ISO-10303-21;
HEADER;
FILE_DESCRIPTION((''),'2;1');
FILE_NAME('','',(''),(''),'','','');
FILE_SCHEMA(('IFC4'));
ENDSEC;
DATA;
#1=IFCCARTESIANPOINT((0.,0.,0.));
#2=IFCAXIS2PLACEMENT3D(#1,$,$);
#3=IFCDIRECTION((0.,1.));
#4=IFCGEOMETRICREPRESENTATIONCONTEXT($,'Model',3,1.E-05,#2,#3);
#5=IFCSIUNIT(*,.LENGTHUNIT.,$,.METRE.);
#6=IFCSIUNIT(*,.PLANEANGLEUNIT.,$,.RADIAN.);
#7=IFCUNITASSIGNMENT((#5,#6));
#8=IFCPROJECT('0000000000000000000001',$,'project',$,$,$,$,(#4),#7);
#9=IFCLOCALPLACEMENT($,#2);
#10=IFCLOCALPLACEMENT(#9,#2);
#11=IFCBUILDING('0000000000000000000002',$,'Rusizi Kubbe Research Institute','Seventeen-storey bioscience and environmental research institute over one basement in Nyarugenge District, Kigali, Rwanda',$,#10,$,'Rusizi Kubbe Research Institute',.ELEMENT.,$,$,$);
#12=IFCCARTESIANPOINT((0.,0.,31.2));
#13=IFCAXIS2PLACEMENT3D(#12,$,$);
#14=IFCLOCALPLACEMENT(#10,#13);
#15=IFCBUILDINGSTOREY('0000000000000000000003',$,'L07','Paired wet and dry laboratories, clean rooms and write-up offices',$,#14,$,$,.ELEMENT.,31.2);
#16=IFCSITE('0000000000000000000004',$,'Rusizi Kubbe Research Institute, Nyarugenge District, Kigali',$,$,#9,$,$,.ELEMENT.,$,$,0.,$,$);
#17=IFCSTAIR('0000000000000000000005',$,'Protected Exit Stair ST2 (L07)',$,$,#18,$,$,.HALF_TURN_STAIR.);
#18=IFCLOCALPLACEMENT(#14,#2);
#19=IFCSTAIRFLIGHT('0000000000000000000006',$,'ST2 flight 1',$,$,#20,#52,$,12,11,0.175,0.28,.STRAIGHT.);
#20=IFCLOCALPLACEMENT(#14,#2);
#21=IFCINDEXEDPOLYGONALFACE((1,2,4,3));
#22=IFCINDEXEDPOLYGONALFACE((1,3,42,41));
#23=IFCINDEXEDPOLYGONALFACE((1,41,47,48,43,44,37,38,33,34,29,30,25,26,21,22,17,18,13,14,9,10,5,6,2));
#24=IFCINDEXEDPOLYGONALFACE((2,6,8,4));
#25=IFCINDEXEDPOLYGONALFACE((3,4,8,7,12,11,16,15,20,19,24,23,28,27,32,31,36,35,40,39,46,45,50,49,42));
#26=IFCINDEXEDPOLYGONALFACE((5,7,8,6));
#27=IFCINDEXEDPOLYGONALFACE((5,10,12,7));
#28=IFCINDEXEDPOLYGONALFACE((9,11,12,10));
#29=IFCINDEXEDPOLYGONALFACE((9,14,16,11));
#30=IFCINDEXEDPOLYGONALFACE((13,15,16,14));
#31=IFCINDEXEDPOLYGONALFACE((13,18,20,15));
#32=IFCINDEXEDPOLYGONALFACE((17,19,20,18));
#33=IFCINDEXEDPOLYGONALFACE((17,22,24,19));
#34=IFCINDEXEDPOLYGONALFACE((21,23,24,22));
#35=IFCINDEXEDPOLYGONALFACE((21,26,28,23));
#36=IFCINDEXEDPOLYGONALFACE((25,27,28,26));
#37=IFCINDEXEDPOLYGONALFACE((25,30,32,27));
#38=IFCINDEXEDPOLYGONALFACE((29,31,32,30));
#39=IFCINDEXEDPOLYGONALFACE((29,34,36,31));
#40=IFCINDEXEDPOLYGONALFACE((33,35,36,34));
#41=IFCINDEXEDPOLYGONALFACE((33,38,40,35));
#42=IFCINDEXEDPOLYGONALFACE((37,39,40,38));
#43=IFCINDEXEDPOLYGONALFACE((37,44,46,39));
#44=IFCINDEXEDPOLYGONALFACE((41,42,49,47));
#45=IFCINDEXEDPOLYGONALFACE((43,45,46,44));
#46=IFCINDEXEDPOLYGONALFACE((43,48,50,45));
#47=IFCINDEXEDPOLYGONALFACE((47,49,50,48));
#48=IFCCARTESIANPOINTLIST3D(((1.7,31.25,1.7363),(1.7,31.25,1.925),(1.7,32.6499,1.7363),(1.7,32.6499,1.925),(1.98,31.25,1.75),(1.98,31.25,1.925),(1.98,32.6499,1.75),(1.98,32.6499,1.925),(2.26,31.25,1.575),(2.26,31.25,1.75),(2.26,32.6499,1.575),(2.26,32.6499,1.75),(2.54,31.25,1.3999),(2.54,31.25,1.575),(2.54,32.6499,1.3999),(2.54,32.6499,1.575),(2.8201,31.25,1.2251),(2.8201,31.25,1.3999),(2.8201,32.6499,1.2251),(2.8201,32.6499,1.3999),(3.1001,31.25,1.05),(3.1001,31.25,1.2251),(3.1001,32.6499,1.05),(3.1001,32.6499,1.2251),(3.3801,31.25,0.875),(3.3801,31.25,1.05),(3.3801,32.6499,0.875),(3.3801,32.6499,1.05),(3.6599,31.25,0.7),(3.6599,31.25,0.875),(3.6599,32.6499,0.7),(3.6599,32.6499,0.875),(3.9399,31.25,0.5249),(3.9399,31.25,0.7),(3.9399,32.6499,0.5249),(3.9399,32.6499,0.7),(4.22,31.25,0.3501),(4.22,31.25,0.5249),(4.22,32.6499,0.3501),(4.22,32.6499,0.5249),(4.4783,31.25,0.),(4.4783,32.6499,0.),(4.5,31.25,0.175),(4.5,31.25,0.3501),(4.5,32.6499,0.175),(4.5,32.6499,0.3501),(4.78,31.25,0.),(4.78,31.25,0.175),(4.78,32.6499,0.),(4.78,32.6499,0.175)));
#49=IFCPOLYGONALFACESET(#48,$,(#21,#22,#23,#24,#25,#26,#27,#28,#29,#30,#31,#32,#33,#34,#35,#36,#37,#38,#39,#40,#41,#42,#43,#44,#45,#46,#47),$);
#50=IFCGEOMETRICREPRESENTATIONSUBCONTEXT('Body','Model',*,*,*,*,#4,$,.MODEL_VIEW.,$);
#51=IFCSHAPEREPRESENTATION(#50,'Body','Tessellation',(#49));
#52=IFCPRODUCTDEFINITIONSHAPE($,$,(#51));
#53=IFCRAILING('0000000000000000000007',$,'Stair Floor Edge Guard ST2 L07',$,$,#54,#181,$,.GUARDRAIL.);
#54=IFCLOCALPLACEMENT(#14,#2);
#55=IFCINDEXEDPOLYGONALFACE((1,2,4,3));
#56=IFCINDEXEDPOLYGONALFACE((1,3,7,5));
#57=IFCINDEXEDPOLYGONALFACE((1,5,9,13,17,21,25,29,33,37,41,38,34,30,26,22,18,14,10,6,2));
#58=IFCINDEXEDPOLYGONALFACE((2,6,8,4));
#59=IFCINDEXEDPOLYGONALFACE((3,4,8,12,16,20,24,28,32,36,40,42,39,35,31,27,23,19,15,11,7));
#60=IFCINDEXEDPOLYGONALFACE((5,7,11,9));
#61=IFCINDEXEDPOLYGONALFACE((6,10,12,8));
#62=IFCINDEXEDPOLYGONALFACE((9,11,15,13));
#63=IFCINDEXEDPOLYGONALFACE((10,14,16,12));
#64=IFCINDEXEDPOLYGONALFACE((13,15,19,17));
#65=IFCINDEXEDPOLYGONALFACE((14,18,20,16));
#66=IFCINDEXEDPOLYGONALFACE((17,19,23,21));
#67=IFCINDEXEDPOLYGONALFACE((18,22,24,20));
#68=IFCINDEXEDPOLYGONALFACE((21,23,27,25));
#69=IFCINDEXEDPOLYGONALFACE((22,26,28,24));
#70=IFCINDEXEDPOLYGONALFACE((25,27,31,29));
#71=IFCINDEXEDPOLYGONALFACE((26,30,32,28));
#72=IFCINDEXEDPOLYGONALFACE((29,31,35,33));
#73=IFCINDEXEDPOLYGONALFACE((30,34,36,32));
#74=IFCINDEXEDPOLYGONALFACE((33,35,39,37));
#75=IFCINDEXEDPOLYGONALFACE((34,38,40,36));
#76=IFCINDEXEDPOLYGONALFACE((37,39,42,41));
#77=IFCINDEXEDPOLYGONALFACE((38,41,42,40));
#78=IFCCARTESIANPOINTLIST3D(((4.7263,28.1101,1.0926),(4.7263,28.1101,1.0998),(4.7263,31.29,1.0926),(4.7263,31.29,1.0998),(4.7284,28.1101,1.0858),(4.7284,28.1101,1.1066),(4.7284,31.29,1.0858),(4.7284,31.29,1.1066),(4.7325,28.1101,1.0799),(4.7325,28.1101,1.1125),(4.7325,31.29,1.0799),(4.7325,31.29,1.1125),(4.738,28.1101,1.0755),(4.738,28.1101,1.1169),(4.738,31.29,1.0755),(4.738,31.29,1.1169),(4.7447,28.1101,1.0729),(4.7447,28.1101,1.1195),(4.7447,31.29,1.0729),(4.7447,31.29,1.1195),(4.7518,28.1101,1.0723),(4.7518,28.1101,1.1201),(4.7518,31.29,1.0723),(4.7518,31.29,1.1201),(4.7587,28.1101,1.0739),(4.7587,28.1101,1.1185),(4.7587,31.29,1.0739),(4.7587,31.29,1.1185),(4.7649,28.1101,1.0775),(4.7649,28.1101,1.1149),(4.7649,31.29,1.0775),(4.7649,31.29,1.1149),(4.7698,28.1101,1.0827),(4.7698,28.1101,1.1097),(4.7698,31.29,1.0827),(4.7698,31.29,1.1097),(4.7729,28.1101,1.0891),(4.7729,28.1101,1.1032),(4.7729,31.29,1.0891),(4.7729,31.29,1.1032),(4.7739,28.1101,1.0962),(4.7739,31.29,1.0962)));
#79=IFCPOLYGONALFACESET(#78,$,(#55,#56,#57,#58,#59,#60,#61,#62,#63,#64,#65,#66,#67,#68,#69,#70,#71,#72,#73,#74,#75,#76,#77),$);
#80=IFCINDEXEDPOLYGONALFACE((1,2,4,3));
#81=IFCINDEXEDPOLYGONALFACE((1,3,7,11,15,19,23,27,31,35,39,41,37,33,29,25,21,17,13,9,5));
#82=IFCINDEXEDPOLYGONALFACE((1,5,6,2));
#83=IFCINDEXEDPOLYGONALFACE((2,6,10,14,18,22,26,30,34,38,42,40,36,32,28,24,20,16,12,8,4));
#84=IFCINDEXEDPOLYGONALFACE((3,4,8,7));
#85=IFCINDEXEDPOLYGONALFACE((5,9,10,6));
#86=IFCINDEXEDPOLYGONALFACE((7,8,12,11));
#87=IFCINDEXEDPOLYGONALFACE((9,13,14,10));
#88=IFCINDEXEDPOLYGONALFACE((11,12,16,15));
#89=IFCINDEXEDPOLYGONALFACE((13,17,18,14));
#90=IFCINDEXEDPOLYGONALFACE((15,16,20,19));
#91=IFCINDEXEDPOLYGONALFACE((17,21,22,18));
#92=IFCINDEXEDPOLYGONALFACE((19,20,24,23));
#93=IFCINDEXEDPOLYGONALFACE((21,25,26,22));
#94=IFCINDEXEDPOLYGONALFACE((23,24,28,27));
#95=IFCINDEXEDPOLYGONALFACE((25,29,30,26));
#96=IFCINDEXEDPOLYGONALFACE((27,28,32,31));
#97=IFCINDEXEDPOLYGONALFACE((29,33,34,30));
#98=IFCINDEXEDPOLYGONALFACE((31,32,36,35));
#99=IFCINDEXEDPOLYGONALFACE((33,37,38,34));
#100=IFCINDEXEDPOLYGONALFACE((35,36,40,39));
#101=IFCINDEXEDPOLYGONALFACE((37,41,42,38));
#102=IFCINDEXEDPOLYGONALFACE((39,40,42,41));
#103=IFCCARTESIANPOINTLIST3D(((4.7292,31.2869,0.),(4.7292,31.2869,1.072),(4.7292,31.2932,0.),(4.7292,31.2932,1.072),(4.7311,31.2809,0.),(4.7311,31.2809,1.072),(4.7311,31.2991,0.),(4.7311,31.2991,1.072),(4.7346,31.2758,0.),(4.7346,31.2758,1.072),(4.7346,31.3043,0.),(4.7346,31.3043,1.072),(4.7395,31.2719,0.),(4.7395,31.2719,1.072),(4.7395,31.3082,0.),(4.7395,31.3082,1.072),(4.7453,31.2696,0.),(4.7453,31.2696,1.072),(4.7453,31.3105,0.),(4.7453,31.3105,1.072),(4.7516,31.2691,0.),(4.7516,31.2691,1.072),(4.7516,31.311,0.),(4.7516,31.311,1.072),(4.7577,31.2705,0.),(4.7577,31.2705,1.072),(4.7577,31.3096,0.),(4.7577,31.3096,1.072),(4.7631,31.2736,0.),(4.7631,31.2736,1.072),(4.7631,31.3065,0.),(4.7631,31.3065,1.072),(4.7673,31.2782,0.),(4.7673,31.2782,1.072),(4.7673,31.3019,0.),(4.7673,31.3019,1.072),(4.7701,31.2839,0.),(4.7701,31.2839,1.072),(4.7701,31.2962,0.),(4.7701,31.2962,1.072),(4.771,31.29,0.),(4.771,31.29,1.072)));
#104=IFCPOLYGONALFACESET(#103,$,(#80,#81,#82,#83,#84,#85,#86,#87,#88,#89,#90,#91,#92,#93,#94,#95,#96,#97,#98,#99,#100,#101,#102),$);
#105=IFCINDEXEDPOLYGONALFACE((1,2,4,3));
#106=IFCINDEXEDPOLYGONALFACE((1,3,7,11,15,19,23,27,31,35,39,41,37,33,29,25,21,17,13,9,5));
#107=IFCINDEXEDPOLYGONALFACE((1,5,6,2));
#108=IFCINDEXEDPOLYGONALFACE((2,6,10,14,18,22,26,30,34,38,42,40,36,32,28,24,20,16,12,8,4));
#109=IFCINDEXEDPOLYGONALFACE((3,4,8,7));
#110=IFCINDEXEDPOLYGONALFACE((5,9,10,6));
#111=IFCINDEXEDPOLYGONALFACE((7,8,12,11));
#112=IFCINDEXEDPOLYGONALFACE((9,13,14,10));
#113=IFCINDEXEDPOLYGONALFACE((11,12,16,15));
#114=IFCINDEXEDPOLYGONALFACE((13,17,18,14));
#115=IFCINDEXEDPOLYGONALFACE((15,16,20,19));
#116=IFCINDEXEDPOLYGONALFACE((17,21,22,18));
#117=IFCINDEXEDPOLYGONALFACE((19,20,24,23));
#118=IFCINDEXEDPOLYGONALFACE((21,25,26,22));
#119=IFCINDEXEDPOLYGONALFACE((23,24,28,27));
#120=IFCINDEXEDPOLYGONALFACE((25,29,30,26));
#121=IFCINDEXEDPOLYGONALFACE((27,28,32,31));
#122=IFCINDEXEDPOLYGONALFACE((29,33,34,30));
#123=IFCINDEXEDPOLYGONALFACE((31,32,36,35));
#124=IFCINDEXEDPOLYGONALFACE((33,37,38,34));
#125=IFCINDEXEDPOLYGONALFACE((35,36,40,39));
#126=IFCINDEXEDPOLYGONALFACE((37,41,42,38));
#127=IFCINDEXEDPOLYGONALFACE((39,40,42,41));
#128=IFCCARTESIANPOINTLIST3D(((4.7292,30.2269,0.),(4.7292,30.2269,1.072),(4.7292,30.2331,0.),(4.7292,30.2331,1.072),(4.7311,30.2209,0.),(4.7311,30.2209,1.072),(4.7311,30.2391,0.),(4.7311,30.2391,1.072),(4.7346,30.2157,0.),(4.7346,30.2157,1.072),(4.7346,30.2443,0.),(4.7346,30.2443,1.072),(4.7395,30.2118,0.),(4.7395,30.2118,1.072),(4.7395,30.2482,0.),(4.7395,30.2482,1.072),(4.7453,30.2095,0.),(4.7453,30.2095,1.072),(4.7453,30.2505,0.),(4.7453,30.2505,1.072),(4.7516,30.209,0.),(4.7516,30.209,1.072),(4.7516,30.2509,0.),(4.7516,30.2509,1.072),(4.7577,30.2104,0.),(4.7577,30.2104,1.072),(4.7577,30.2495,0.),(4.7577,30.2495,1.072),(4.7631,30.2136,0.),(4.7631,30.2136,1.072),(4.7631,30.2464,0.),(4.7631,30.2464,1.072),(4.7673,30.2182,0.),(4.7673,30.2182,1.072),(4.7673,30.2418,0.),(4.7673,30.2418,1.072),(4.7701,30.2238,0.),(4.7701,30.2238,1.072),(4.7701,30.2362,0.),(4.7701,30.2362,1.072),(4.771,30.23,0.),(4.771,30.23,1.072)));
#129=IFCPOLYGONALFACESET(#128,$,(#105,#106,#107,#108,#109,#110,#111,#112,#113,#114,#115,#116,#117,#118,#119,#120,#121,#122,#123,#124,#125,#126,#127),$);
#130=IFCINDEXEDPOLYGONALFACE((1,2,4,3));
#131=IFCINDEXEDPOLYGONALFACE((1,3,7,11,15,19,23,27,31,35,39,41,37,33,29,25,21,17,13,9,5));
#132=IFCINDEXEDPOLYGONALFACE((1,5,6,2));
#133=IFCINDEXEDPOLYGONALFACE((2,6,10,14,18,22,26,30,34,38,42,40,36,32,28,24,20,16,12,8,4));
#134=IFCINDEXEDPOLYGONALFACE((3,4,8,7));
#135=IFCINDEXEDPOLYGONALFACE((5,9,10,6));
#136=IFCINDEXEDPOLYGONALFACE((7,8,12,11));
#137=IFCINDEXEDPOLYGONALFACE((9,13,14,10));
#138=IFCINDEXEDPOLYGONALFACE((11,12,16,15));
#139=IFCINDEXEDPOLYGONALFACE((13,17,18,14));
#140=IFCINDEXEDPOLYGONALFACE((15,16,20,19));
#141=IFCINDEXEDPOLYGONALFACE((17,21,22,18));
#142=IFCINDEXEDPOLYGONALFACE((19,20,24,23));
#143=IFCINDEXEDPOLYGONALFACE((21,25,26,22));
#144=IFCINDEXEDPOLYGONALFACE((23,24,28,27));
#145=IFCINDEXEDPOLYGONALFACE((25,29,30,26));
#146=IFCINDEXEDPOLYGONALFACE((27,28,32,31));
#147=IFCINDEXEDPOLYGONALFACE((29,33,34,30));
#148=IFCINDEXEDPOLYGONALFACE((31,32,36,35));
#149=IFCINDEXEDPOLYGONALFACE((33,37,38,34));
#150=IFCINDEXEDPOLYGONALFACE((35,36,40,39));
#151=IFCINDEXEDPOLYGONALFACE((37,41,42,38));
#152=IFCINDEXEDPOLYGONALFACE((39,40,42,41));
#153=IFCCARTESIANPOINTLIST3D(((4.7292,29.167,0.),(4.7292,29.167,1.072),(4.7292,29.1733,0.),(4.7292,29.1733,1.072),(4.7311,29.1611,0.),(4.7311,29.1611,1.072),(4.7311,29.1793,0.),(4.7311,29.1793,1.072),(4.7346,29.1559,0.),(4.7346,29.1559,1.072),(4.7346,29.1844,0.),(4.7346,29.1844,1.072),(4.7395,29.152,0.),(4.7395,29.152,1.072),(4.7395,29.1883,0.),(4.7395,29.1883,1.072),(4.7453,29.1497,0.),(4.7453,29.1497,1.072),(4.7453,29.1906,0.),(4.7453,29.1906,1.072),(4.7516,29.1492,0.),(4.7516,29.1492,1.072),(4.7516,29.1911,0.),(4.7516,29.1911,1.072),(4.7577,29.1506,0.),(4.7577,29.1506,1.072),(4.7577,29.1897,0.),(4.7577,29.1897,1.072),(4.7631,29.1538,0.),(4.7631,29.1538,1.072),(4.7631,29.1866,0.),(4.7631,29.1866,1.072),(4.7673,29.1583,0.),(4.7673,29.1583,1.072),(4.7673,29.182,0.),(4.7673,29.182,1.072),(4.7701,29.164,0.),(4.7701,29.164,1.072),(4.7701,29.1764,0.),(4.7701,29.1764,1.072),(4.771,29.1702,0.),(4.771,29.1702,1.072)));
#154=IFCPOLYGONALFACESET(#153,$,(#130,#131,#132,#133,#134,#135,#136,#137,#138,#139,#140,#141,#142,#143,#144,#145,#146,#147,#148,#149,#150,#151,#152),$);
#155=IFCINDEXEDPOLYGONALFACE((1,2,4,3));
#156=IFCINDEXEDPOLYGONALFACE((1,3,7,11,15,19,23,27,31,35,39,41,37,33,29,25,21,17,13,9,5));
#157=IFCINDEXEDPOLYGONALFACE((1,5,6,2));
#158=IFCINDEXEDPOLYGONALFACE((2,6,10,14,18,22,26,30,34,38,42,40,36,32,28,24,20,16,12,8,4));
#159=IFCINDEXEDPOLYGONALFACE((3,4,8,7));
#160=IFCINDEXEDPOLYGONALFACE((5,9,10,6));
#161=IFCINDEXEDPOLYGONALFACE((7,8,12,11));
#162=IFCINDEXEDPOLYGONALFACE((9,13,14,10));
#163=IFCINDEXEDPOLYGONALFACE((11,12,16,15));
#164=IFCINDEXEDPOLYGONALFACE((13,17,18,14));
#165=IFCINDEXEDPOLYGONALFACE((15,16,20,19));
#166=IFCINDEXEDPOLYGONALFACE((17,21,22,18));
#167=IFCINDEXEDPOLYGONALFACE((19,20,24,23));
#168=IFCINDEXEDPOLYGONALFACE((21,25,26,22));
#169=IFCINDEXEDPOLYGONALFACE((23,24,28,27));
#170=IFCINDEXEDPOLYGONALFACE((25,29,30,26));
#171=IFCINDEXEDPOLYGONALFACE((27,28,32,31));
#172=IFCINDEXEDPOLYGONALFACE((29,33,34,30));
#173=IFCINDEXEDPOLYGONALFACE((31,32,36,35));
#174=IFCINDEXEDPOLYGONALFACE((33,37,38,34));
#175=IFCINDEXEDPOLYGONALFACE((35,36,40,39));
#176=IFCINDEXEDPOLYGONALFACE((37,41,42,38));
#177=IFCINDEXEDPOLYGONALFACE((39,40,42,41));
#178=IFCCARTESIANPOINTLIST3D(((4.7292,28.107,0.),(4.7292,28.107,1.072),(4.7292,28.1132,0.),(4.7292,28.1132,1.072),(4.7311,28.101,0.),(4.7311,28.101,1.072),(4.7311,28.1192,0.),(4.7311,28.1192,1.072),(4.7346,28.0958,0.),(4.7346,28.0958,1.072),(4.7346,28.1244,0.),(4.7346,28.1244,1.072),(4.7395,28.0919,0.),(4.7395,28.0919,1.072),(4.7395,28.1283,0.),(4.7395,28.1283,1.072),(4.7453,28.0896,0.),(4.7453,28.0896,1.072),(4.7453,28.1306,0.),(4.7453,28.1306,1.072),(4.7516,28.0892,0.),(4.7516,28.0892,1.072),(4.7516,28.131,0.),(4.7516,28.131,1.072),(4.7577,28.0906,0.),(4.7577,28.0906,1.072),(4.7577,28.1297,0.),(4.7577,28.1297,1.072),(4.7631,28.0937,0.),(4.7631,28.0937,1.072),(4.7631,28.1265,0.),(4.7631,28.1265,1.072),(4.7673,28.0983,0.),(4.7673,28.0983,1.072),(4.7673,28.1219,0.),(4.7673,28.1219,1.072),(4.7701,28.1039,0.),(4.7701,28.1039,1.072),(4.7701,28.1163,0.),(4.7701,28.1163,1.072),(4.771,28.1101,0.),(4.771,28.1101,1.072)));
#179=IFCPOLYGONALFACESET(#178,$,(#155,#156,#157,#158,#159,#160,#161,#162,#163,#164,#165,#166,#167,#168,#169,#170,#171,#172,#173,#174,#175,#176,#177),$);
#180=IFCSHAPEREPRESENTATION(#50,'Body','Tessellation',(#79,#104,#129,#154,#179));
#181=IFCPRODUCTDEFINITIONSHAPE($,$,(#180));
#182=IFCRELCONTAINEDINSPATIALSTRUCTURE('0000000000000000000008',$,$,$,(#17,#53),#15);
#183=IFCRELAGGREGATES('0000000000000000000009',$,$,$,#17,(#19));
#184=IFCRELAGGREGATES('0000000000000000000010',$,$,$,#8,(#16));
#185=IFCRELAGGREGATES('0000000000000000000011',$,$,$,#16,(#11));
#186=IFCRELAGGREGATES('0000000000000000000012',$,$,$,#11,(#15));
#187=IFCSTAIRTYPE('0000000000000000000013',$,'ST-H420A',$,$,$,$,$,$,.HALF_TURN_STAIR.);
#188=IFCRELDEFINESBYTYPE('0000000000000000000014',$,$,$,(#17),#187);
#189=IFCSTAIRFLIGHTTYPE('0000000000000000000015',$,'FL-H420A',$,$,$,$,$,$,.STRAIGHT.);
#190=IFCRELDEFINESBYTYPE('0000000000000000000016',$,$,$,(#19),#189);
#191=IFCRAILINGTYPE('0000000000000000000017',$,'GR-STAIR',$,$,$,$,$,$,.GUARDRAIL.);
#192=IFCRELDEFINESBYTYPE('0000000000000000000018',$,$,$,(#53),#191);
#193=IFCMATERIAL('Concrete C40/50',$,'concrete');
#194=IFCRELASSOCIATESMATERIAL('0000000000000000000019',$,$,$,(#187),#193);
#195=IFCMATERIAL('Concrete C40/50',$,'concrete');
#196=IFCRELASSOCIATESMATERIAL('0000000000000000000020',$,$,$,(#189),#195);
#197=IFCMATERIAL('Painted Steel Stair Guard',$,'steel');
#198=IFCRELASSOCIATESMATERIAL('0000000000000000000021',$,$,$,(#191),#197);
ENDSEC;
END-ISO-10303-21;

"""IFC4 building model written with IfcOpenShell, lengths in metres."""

from ifc_helpers import new_model, si_unit, direction, frame, origin, origin_2d, place, context, subcontext, project, spatial, polyline, circle, outline, extrude, material, type_object, element, aggregate, save


model = new_model("IFC4")

# Units and contexts
model_context = context("Model", 3, precision=1e-05, world=origin(), true_north=direction((0.0, 1.0)))
body_context = subcontext(model_context, "Body", "Model", "MODEL_VIEW")
ifc_project = project(units=[si_unit("LENGTHUNIT", "METRE"), si_unit("PLANEANGLEUNIT", "RADIAN")], contexts=[model_context])

# Site, building, storey
site_placement = place(None, origin())
site = spatial("IfcSite", under=ifc_project, at=site_placement, Name="Rusizi Kubbe Research Institute, Nyarugenge District, Kigali", CompositionType="ELEMENT", RefElevation=0.0)
building_placement = place(site_placement, origin())
building = spatial("IfcBuilding", under=site, at=building_placement, Name="Rusizi Kubbe Research Institute", Description="Seventeen-storey bioscience and environmental research institute over one basement in Nyarugenge District, Kigali, Rwanda", LongName="Rusizi Kubbe Research Institute", CompositionType="ELEMENT")
storey_placement = place(building_placement, frame((0.0, 0.0, 31.2)))
storey = spatial("IfcBuildingStorey", under=building, at=storey_placement, Name="L07", Description="Paired wet and dry laboratories, clean rooms and write-up offices", CompositionType="ELEMENT", Elevation=31.2)

# Stair, stair flight
ifc_material_1 = material(Name="Concrete C40/50", Category="concrete")
stair_type = type_object("IfcStairType", Name="ST-H420A", PredefinedType="HALF_TURN_STAIR", material=ifc_material_1)
stair_placement = place(storey_placement, origin())
stair = element("IfcStair", 1, at=stair_placement, inside=storey, type_object=stair_type, Name="Protected Exit Stair ST2 (L07)", PredefinedType="HALF_TURN_STAIR")
ifc_material_2 = material(Name="Concrete C40/50", Category="concrete")
stair_flight_type = type_object("IfcStairFlightType", Name="FL-H420A", PredefinedType="STRAIGHT", material=ifc_material_2)
stair_flight_placement = place(storey_placement, frame((4.78, 31.95, 0.0), z_axis=(0.0, 0.0, 1.0), x_axis=(-1.0, 0.0, 0.0)))
stair_flight = element("IfcStairFlight", 2, at=stair_flight_placement, type_object=stair_flight_type, Name="ST2 flight 1", NumberOfRisers=12, NumberOfTreads=11, PredefinedType="STRAIGHT", RiserHeight=0.175, TreadLength=0.28, context=body_context, shape_type="SweptSolid", body=[
    extrude(outline(polyline([(0.0, 0.0), (0.0, 0.175), (0.28, 0.175), (0.28, 0.3501), (0.5601, 0.3501), (0.5601, 0.5249), (0.8401, 0.5249), (0.8401, 0.7), (1.1201, 0.7), (1.1201, 0.875), (1.3999, 0.875), (1.3999, 1.05), (1.6799, 1.05), (1.6799, 1.2251), (1.96, 1.2251), (1.96, 1.3999), (2.24, 1.3999), (2.24, 1.575), (2.52, 1.575), (2.52, 1.75), (2.8, 1.75), (2.8, 1.925), (3.0801, 1.925), (3.0801, 2.1001), (3.0801, 1.7363), (0.3018, 0.0), (0.0, 0.0)])), frame((0.0, 0.7, 0.0), z_axis=(0.0, -1.0, 0.0), x_axis=(1.0, 0.0, 0.0)), (0.0, 0.0, 1.0), 1.3999),
])
aggregate(stair, [stair_flight])

# Railing
ifc_material_3 = material(Name="Painted Steel Stair Guard", Category="steel")
railing_type_1 = type_object("IfcRailingType", Name="GR-STAIR", PredefinedType="GUARDRAIL", material=ifc_material_3)
railing_1_placement = place(storey_placement, frame((4.75, 31.29, 0.0)))
element("IfcRailing", 3, at=railing_1_placement, inside=storey, type_object=railing_type_1, Name="Stair Floor Edge Guard ST2 L07", PredefinedType="GUARDRAIL", context=body_context, shape_type="SweptSolid", body=[
    extrude(circle(Radius=0.0239, at=origin_2d()), frame((0.0, 0.0, 1.0962), z_axis=(0.0, -1.0, 0.0), x_axis=(1.0, 0.0, 0.0)), (0.0, 0.0, 1.0), 3.1799),
    extrude(circle(Radius=0.021, at=origin_2d()), origin(), (0.0, 0.0, 1.0), 1.072),
    extrude(circle(Radius=0.021, at=origin_2d()), frame((0.0, -1.0601, 0.0)), (0.0, 0.0, 1.0), 1.072),
    extrude(circle(Radius=0.021, at=origin_2d()), frame((0.0, -2.1199, 0.0)), (0.0, 0.0, 1.0), 1.072),
    extrude(circle(Radius=0.021, at=origin_2d()), frame((0.0, -3.1799, 0.0)), (0.0, 0.0, 1.0), 1.072),
])

save(model, "model.ifc")
